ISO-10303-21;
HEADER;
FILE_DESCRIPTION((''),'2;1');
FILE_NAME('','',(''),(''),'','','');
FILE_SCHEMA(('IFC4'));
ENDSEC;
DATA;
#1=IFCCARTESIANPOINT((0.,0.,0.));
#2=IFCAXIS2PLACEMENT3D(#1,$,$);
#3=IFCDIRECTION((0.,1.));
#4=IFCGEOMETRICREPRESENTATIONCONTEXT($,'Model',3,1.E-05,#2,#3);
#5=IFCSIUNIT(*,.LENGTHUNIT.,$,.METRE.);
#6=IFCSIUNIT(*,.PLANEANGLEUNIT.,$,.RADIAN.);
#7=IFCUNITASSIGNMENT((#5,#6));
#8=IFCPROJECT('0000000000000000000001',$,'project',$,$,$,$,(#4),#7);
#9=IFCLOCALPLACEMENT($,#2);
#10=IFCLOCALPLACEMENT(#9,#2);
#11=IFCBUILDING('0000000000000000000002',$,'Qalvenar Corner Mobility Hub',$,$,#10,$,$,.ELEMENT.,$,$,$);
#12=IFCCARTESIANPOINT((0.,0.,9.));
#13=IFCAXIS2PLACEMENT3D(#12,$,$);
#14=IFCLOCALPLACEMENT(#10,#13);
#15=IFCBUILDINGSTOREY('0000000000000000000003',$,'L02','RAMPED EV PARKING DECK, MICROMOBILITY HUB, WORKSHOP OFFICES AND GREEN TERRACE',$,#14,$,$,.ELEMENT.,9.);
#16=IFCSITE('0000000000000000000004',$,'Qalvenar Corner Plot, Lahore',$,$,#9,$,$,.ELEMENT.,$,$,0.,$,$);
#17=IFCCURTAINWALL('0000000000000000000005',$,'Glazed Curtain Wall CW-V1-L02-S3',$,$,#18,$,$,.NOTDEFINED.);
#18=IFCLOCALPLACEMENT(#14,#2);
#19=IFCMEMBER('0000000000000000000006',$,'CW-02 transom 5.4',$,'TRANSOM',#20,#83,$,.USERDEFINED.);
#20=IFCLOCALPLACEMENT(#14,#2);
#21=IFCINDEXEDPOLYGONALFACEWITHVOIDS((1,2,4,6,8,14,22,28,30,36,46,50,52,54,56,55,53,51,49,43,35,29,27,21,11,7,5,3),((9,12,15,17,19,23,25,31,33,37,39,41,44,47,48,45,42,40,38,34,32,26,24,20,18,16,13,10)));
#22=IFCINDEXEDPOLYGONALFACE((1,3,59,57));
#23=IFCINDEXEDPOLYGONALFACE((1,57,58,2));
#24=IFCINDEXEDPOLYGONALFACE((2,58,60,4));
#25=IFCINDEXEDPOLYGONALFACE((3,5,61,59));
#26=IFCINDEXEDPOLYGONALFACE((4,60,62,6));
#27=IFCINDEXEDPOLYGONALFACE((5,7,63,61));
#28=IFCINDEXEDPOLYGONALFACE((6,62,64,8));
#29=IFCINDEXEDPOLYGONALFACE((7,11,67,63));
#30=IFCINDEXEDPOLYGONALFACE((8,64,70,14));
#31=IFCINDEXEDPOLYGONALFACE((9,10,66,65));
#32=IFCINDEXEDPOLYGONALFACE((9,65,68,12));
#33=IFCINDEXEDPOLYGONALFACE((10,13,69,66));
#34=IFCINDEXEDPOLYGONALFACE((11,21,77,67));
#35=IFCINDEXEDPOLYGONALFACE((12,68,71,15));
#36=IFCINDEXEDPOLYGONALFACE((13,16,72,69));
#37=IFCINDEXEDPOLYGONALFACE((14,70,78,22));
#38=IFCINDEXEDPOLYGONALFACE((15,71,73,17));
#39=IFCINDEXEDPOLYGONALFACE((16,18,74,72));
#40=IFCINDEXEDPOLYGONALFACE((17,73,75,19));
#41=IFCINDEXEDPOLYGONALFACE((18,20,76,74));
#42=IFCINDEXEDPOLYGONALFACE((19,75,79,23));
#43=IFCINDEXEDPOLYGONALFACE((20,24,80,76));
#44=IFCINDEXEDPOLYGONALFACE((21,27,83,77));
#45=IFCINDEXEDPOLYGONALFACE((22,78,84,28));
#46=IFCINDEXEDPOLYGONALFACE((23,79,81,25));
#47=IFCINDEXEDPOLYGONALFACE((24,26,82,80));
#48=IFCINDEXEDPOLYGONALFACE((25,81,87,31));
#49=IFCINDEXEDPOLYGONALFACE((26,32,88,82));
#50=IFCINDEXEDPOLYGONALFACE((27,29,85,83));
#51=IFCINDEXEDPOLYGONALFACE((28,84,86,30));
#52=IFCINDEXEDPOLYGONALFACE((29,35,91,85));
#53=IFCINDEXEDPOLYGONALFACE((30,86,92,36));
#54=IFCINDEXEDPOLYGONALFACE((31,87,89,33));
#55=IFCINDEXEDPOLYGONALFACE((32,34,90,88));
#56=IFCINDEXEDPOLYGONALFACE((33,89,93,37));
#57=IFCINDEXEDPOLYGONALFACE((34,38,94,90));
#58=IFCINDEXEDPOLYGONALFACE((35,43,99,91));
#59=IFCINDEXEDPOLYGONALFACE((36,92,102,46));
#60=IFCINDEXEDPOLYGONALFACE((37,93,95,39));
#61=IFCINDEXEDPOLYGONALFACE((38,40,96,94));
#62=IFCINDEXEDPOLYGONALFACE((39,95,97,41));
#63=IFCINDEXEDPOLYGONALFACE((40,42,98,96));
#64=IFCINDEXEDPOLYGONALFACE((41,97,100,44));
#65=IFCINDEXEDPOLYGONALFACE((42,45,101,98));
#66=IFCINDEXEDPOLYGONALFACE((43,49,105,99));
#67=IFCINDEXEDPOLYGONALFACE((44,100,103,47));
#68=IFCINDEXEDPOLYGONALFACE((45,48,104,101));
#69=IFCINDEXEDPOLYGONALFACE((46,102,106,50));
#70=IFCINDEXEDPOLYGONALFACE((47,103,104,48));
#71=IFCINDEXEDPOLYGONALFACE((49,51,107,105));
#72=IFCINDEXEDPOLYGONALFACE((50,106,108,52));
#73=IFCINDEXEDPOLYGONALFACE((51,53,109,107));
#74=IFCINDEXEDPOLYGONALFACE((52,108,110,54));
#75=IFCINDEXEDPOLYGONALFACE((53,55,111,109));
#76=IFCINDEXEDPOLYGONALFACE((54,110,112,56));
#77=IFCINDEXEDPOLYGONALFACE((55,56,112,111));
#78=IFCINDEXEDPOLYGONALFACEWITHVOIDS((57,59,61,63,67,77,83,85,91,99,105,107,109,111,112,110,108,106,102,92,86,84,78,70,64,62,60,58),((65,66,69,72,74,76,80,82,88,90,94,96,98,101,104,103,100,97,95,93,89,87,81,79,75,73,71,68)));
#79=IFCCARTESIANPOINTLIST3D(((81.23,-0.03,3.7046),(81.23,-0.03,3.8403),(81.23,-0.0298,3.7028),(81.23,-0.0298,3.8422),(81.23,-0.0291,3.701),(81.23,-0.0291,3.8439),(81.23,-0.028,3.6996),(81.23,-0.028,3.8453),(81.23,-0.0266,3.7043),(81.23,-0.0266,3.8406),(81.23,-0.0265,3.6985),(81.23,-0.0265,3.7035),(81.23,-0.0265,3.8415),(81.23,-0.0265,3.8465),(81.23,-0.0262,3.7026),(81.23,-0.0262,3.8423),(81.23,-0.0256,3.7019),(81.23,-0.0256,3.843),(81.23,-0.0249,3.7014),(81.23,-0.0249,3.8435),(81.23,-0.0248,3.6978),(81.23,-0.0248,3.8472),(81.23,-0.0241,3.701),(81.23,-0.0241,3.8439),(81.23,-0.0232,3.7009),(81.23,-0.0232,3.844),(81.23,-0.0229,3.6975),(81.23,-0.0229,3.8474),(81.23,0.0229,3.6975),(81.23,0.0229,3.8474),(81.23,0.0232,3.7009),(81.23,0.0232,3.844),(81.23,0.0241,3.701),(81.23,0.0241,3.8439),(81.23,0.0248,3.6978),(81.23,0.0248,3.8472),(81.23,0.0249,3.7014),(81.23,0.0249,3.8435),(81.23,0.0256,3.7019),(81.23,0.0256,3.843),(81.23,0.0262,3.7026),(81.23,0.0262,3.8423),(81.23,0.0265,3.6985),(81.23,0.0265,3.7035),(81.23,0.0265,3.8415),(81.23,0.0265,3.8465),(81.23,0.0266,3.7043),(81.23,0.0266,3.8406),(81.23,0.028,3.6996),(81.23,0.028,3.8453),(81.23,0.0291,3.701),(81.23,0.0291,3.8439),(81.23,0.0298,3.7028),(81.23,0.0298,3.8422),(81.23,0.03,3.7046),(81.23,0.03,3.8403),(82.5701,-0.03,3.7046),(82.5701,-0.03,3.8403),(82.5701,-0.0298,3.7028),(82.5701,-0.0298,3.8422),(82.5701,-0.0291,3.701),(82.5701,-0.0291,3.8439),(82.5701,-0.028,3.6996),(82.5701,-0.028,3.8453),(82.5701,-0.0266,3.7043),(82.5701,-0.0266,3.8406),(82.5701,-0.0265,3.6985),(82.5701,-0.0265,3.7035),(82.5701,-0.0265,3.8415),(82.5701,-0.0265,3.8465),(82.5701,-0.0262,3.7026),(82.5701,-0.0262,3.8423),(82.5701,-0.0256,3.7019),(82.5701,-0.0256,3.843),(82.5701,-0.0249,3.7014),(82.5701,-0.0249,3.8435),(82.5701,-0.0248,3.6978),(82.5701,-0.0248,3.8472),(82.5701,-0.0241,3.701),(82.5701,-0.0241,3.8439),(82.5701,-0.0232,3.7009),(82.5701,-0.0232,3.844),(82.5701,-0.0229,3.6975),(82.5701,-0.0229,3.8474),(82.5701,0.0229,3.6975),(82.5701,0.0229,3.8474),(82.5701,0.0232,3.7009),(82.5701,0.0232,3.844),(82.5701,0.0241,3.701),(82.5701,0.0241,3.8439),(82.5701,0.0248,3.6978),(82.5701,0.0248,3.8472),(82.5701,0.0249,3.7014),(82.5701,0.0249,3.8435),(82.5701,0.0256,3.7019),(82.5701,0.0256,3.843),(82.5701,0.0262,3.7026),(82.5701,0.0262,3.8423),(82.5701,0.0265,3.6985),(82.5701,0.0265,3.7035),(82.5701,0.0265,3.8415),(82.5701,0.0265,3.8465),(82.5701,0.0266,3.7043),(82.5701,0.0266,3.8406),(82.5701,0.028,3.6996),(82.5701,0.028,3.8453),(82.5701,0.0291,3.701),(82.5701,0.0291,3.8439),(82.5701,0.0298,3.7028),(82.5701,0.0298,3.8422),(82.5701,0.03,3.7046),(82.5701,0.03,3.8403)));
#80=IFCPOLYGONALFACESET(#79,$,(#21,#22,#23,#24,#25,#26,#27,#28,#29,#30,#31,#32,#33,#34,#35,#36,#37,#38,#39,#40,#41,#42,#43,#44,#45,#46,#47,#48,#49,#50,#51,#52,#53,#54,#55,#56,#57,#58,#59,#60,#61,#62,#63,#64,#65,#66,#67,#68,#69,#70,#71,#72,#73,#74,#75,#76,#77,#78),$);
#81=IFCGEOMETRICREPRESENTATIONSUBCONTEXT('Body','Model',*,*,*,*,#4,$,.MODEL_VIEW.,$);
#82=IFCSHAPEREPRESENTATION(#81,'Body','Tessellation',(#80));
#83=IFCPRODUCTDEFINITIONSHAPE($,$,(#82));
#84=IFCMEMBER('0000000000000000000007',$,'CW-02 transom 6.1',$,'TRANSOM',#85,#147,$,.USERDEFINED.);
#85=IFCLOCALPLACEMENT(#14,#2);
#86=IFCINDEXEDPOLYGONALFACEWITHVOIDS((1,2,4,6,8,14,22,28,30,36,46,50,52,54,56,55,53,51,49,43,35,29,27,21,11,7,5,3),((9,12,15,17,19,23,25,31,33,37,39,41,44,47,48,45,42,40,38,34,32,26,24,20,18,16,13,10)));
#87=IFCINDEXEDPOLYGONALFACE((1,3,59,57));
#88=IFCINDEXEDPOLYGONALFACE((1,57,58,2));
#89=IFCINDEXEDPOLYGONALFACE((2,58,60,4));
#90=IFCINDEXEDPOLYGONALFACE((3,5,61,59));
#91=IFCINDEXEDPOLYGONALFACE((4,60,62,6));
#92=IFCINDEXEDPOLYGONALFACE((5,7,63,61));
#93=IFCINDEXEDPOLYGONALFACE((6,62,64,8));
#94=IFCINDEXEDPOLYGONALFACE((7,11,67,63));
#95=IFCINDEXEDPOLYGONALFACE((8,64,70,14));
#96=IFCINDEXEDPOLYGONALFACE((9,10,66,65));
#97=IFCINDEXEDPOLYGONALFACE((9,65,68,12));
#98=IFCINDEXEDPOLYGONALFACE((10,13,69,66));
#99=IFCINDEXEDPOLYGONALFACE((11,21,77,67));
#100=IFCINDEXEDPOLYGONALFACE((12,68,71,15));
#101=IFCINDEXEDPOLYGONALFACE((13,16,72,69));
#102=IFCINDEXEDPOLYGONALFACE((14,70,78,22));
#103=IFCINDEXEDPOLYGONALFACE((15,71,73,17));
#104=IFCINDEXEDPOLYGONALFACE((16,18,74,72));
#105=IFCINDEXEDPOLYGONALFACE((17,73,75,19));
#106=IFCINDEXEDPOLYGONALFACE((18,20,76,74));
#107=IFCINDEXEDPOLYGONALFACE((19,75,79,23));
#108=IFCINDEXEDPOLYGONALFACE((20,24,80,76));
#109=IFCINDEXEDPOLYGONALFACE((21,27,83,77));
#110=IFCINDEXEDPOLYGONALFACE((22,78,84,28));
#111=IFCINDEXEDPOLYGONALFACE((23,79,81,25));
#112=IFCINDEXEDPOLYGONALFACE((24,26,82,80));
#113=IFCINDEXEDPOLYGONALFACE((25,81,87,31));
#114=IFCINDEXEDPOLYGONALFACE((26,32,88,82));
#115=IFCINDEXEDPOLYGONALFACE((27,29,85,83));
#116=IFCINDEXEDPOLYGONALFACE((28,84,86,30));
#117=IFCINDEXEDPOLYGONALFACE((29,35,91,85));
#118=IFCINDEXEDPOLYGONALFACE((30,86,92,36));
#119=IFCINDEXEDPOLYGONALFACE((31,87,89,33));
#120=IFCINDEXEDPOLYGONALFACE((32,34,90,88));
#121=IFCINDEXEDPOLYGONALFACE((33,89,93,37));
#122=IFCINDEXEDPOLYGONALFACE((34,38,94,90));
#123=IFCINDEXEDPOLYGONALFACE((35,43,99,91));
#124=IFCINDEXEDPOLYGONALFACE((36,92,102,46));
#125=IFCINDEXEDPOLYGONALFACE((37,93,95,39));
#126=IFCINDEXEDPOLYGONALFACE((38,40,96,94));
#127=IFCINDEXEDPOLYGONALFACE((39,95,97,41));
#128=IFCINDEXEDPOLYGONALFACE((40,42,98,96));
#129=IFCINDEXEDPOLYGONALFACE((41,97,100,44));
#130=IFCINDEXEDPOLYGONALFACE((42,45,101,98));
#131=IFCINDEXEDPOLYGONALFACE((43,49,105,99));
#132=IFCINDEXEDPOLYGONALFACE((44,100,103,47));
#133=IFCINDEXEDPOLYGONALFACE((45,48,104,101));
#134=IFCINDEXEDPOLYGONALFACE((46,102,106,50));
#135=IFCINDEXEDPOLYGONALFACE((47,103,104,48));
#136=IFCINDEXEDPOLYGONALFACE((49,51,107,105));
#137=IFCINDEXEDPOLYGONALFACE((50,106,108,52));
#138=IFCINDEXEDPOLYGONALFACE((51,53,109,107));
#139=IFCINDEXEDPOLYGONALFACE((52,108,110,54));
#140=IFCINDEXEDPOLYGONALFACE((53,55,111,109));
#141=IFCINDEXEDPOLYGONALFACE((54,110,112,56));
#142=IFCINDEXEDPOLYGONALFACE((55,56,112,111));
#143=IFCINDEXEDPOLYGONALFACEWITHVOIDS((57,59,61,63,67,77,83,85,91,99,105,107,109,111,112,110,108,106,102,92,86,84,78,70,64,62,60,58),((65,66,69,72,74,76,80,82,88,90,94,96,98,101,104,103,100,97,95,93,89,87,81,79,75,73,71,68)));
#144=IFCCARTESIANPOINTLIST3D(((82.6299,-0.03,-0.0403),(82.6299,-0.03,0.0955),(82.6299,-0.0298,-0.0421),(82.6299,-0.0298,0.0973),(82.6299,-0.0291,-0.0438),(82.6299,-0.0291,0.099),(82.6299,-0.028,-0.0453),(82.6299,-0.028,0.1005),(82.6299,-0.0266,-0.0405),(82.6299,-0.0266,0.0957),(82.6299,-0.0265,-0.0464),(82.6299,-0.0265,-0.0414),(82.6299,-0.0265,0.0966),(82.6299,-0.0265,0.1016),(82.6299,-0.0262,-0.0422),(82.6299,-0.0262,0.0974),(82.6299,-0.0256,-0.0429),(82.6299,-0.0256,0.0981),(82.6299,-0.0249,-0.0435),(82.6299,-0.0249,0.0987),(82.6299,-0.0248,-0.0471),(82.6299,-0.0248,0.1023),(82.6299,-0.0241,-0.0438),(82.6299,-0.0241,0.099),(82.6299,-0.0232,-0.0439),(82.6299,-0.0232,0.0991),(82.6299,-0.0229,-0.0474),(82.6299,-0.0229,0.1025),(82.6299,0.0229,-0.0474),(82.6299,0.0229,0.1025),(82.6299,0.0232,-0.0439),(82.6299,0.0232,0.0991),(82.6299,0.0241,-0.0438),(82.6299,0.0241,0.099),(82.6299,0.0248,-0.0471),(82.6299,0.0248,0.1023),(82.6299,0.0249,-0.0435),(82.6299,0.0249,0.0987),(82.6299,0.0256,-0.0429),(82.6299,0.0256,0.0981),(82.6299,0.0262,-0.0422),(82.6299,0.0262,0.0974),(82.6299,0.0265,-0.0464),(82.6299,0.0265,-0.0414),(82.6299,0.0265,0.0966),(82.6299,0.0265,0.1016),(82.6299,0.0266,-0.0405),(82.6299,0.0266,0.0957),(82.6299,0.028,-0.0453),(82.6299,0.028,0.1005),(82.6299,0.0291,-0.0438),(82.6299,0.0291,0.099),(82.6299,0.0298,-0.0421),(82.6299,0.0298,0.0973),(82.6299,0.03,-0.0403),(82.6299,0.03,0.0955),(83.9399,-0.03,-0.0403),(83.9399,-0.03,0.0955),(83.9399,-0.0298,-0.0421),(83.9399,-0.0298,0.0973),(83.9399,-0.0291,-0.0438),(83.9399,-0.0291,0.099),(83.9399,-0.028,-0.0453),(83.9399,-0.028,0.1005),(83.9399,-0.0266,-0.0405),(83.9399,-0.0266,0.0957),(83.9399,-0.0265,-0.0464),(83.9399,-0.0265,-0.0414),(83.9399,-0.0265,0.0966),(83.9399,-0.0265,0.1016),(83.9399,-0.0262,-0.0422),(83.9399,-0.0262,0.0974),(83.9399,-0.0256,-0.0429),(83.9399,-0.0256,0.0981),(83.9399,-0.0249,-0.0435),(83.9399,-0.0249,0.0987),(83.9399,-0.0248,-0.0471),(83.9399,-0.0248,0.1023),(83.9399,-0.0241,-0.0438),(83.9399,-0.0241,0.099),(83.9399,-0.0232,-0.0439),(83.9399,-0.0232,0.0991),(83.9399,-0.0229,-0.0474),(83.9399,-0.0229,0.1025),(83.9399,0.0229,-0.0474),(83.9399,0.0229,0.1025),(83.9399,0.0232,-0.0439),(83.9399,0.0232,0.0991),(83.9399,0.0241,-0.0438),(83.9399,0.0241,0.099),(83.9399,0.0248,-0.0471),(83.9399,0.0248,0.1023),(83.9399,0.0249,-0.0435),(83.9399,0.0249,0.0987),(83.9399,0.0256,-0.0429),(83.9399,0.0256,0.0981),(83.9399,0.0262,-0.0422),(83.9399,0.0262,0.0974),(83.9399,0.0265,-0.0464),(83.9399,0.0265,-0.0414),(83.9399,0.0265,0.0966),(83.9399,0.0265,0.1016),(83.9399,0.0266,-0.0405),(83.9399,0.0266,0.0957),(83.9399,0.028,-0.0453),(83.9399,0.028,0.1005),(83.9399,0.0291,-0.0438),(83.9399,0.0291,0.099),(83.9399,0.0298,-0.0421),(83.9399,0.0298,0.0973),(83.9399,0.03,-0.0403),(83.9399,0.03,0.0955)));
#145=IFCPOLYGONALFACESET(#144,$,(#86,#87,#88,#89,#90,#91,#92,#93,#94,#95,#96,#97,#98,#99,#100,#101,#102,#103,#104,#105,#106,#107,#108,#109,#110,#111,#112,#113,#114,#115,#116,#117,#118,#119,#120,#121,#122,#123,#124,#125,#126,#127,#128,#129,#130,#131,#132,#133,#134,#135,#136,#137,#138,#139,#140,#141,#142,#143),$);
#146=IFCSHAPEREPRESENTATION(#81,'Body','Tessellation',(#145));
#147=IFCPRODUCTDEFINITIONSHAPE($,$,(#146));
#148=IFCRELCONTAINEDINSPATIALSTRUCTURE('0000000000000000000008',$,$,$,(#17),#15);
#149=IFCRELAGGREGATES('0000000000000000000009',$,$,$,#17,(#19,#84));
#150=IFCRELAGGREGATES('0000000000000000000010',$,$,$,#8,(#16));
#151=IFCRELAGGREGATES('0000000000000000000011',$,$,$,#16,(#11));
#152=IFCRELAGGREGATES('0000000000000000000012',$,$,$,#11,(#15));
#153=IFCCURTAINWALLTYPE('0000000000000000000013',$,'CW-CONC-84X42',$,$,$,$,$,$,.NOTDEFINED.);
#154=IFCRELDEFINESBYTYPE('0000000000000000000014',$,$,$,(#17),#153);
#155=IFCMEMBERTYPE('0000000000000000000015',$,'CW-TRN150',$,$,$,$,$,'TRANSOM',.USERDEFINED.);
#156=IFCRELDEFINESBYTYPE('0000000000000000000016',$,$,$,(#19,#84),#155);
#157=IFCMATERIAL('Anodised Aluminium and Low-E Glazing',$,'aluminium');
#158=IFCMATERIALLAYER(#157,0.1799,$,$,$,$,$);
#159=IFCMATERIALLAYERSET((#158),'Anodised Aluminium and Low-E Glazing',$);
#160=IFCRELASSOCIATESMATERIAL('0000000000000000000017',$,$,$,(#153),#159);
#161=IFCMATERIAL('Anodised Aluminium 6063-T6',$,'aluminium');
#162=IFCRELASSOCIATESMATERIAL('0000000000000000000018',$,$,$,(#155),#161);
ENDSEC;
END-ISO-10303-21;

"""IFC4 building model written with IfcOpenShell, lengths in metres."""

from ifc_helpers import new_model, si_unit, direction, frame, origin, origin_2d, place, context, subcontext, project, spatial, hollow_rectangle, extrude, material, layer, layer_set, material_profile, profile_set, type_object, element, aggregate, save


model = new_model("IFC4")

# Units and contexts
model_context = context("Model", 3, precision=1e-05, world=origin(), true_north=direction((0.0, 1.0)))
body_context = subcontext(model_context, "Body", "Model", "MODEL_VIEW")
ifc_project = project(units=[si_unit("LENGTHUNIT", "METRE"), si_unit("PLANEANGLEUNIT", "RADIAN")], contexts=[model_context])

# Site, building, storey
site_placement = place(None, origin())
site = spatial("IfcSite", under=ifc_project, at=site_placement, Name="Qalvenar Corner Plot, Lahore", CompositionType="ELEMENT", RefElevation=0.0)
building_placement = place(site_placement, origin())
building = spatial("IfcBuilding", under=site, at=building_placement, Name="Qalvenar Corner Mobility Hub", CompositionType="ELEMENT")
storey_placement = place(building_placement, frame((0.0, 0.0, 9.0)))
storey = spatial("IfcBuildingStorey", under=building, at=storey_placement, Name="L02", Description="RAMPED EV PARKING DECK, MICROMOBILITY HUB, WORKSHOP OFFICES AND GREEN TERRACE", CompositionType="ELEMENT", Elevation=9.0)

# Curtain wall
ifc_material_1 = material(Name="Anodised Aluminium and Low-E Glazing", Category="aluminium")
ifc_layer_1 = layer(ifc_material_1, 0.1799)
ifc_layer_set_1 = layer_set([ifc_layer_1], Name="Anodised Aluminium and Low-E Glazing")
curtain_wall_type = type_object("IfcCurtainWallType", Name="CW-CONC-84X42", PredefinedType="NOTDEFINED", material=ifc_layer_set_1)
curtain_wall_1_placement = place(storey_placement, origin())
curtain_wall_1 = element("IfcCurtainWall", 1, at=curtain_wall_1_placement, inside=storey, type_object=curtain_wall_type, Name="Glazed Curtain Wall CW-V1-L02-S3", PredefinedType="NOTDEFINED")
ifc_material_2 = material(Name="Anodised Aluminium 6063-T6", Category="aluminium")

# Members
ifc_material_profile_1 = material_profile(ifc_material_2, hollow_rectangle(XDim=0.0601, YDim=0.1499, WallThickness=0.0034, InnerFilletRadius=0.0034, OuterFilletRadius=0.0071, at=origin_2d()), Name="RHS150x60x3.5")
ifc_profile_set_1 = profile_set([ifc_material_profile_1], Name="Anodised Aluminium 6063-T6")
member_type_1 = type_object("IfcMemberType", Name="CW-TRN150", ElementType="TRANSOM", PredefinedType="USERDEFINED", material=ifc_profile_set_1)
member_1_placement = place(storey_placement, frame((81.23, 0.0, 3.7725), z_axis=(1.0, 0.0, 0.0), x_axis=(0.0, 1.0, 0.0)))
member_1 = element("IfcMember", 2, at=member_1_placement, type_object=member_type_1, Name="CW-02 transom 5.4", ObjectType="TRANSOM", PredefinedType="USERDEFINED", context=body_context, shape_type="SweptSolid", body=[
    extrude(hollow_rectangle(XDim=0.0601, YDim=0.1499, WallThickness=0.0034, InnerFilletRadius=0.0034, OuterFilletRadius=0.0071, at=origin_2d()), origin(), (0.0, 0.0, 1.0), 1.3401),
])
member_2_placement = place(storey_placement, frame((82.6299, 0.0, 0.0276), z_axis=(1.0, 0.0, 0.0), x_axis=(0.0, 1.0, 0.0)))
member_2 = element("IfcMember", 3, at=member_2_placement, type_object=member_type_1, Name="CW-02 transom 6.1", ObjectType="TRANSOM", PredefinedType="USERDEFINED", context=body_context, shape_type="SweptSolid", body=[
    extrude(hollow_rectangle(XDim=0.0601, YDim=0.1499, WallThickness=0.0034, InnerFilletRadius=0.0034, OuterFilletRadius=0.0071, at=origin_2d()), origin(), (0.0, 0.0, 1.0), 1.3101),
])

aggregate(curtain_wall_1, [member_1, member_2])

save(model, "model.ifc")
